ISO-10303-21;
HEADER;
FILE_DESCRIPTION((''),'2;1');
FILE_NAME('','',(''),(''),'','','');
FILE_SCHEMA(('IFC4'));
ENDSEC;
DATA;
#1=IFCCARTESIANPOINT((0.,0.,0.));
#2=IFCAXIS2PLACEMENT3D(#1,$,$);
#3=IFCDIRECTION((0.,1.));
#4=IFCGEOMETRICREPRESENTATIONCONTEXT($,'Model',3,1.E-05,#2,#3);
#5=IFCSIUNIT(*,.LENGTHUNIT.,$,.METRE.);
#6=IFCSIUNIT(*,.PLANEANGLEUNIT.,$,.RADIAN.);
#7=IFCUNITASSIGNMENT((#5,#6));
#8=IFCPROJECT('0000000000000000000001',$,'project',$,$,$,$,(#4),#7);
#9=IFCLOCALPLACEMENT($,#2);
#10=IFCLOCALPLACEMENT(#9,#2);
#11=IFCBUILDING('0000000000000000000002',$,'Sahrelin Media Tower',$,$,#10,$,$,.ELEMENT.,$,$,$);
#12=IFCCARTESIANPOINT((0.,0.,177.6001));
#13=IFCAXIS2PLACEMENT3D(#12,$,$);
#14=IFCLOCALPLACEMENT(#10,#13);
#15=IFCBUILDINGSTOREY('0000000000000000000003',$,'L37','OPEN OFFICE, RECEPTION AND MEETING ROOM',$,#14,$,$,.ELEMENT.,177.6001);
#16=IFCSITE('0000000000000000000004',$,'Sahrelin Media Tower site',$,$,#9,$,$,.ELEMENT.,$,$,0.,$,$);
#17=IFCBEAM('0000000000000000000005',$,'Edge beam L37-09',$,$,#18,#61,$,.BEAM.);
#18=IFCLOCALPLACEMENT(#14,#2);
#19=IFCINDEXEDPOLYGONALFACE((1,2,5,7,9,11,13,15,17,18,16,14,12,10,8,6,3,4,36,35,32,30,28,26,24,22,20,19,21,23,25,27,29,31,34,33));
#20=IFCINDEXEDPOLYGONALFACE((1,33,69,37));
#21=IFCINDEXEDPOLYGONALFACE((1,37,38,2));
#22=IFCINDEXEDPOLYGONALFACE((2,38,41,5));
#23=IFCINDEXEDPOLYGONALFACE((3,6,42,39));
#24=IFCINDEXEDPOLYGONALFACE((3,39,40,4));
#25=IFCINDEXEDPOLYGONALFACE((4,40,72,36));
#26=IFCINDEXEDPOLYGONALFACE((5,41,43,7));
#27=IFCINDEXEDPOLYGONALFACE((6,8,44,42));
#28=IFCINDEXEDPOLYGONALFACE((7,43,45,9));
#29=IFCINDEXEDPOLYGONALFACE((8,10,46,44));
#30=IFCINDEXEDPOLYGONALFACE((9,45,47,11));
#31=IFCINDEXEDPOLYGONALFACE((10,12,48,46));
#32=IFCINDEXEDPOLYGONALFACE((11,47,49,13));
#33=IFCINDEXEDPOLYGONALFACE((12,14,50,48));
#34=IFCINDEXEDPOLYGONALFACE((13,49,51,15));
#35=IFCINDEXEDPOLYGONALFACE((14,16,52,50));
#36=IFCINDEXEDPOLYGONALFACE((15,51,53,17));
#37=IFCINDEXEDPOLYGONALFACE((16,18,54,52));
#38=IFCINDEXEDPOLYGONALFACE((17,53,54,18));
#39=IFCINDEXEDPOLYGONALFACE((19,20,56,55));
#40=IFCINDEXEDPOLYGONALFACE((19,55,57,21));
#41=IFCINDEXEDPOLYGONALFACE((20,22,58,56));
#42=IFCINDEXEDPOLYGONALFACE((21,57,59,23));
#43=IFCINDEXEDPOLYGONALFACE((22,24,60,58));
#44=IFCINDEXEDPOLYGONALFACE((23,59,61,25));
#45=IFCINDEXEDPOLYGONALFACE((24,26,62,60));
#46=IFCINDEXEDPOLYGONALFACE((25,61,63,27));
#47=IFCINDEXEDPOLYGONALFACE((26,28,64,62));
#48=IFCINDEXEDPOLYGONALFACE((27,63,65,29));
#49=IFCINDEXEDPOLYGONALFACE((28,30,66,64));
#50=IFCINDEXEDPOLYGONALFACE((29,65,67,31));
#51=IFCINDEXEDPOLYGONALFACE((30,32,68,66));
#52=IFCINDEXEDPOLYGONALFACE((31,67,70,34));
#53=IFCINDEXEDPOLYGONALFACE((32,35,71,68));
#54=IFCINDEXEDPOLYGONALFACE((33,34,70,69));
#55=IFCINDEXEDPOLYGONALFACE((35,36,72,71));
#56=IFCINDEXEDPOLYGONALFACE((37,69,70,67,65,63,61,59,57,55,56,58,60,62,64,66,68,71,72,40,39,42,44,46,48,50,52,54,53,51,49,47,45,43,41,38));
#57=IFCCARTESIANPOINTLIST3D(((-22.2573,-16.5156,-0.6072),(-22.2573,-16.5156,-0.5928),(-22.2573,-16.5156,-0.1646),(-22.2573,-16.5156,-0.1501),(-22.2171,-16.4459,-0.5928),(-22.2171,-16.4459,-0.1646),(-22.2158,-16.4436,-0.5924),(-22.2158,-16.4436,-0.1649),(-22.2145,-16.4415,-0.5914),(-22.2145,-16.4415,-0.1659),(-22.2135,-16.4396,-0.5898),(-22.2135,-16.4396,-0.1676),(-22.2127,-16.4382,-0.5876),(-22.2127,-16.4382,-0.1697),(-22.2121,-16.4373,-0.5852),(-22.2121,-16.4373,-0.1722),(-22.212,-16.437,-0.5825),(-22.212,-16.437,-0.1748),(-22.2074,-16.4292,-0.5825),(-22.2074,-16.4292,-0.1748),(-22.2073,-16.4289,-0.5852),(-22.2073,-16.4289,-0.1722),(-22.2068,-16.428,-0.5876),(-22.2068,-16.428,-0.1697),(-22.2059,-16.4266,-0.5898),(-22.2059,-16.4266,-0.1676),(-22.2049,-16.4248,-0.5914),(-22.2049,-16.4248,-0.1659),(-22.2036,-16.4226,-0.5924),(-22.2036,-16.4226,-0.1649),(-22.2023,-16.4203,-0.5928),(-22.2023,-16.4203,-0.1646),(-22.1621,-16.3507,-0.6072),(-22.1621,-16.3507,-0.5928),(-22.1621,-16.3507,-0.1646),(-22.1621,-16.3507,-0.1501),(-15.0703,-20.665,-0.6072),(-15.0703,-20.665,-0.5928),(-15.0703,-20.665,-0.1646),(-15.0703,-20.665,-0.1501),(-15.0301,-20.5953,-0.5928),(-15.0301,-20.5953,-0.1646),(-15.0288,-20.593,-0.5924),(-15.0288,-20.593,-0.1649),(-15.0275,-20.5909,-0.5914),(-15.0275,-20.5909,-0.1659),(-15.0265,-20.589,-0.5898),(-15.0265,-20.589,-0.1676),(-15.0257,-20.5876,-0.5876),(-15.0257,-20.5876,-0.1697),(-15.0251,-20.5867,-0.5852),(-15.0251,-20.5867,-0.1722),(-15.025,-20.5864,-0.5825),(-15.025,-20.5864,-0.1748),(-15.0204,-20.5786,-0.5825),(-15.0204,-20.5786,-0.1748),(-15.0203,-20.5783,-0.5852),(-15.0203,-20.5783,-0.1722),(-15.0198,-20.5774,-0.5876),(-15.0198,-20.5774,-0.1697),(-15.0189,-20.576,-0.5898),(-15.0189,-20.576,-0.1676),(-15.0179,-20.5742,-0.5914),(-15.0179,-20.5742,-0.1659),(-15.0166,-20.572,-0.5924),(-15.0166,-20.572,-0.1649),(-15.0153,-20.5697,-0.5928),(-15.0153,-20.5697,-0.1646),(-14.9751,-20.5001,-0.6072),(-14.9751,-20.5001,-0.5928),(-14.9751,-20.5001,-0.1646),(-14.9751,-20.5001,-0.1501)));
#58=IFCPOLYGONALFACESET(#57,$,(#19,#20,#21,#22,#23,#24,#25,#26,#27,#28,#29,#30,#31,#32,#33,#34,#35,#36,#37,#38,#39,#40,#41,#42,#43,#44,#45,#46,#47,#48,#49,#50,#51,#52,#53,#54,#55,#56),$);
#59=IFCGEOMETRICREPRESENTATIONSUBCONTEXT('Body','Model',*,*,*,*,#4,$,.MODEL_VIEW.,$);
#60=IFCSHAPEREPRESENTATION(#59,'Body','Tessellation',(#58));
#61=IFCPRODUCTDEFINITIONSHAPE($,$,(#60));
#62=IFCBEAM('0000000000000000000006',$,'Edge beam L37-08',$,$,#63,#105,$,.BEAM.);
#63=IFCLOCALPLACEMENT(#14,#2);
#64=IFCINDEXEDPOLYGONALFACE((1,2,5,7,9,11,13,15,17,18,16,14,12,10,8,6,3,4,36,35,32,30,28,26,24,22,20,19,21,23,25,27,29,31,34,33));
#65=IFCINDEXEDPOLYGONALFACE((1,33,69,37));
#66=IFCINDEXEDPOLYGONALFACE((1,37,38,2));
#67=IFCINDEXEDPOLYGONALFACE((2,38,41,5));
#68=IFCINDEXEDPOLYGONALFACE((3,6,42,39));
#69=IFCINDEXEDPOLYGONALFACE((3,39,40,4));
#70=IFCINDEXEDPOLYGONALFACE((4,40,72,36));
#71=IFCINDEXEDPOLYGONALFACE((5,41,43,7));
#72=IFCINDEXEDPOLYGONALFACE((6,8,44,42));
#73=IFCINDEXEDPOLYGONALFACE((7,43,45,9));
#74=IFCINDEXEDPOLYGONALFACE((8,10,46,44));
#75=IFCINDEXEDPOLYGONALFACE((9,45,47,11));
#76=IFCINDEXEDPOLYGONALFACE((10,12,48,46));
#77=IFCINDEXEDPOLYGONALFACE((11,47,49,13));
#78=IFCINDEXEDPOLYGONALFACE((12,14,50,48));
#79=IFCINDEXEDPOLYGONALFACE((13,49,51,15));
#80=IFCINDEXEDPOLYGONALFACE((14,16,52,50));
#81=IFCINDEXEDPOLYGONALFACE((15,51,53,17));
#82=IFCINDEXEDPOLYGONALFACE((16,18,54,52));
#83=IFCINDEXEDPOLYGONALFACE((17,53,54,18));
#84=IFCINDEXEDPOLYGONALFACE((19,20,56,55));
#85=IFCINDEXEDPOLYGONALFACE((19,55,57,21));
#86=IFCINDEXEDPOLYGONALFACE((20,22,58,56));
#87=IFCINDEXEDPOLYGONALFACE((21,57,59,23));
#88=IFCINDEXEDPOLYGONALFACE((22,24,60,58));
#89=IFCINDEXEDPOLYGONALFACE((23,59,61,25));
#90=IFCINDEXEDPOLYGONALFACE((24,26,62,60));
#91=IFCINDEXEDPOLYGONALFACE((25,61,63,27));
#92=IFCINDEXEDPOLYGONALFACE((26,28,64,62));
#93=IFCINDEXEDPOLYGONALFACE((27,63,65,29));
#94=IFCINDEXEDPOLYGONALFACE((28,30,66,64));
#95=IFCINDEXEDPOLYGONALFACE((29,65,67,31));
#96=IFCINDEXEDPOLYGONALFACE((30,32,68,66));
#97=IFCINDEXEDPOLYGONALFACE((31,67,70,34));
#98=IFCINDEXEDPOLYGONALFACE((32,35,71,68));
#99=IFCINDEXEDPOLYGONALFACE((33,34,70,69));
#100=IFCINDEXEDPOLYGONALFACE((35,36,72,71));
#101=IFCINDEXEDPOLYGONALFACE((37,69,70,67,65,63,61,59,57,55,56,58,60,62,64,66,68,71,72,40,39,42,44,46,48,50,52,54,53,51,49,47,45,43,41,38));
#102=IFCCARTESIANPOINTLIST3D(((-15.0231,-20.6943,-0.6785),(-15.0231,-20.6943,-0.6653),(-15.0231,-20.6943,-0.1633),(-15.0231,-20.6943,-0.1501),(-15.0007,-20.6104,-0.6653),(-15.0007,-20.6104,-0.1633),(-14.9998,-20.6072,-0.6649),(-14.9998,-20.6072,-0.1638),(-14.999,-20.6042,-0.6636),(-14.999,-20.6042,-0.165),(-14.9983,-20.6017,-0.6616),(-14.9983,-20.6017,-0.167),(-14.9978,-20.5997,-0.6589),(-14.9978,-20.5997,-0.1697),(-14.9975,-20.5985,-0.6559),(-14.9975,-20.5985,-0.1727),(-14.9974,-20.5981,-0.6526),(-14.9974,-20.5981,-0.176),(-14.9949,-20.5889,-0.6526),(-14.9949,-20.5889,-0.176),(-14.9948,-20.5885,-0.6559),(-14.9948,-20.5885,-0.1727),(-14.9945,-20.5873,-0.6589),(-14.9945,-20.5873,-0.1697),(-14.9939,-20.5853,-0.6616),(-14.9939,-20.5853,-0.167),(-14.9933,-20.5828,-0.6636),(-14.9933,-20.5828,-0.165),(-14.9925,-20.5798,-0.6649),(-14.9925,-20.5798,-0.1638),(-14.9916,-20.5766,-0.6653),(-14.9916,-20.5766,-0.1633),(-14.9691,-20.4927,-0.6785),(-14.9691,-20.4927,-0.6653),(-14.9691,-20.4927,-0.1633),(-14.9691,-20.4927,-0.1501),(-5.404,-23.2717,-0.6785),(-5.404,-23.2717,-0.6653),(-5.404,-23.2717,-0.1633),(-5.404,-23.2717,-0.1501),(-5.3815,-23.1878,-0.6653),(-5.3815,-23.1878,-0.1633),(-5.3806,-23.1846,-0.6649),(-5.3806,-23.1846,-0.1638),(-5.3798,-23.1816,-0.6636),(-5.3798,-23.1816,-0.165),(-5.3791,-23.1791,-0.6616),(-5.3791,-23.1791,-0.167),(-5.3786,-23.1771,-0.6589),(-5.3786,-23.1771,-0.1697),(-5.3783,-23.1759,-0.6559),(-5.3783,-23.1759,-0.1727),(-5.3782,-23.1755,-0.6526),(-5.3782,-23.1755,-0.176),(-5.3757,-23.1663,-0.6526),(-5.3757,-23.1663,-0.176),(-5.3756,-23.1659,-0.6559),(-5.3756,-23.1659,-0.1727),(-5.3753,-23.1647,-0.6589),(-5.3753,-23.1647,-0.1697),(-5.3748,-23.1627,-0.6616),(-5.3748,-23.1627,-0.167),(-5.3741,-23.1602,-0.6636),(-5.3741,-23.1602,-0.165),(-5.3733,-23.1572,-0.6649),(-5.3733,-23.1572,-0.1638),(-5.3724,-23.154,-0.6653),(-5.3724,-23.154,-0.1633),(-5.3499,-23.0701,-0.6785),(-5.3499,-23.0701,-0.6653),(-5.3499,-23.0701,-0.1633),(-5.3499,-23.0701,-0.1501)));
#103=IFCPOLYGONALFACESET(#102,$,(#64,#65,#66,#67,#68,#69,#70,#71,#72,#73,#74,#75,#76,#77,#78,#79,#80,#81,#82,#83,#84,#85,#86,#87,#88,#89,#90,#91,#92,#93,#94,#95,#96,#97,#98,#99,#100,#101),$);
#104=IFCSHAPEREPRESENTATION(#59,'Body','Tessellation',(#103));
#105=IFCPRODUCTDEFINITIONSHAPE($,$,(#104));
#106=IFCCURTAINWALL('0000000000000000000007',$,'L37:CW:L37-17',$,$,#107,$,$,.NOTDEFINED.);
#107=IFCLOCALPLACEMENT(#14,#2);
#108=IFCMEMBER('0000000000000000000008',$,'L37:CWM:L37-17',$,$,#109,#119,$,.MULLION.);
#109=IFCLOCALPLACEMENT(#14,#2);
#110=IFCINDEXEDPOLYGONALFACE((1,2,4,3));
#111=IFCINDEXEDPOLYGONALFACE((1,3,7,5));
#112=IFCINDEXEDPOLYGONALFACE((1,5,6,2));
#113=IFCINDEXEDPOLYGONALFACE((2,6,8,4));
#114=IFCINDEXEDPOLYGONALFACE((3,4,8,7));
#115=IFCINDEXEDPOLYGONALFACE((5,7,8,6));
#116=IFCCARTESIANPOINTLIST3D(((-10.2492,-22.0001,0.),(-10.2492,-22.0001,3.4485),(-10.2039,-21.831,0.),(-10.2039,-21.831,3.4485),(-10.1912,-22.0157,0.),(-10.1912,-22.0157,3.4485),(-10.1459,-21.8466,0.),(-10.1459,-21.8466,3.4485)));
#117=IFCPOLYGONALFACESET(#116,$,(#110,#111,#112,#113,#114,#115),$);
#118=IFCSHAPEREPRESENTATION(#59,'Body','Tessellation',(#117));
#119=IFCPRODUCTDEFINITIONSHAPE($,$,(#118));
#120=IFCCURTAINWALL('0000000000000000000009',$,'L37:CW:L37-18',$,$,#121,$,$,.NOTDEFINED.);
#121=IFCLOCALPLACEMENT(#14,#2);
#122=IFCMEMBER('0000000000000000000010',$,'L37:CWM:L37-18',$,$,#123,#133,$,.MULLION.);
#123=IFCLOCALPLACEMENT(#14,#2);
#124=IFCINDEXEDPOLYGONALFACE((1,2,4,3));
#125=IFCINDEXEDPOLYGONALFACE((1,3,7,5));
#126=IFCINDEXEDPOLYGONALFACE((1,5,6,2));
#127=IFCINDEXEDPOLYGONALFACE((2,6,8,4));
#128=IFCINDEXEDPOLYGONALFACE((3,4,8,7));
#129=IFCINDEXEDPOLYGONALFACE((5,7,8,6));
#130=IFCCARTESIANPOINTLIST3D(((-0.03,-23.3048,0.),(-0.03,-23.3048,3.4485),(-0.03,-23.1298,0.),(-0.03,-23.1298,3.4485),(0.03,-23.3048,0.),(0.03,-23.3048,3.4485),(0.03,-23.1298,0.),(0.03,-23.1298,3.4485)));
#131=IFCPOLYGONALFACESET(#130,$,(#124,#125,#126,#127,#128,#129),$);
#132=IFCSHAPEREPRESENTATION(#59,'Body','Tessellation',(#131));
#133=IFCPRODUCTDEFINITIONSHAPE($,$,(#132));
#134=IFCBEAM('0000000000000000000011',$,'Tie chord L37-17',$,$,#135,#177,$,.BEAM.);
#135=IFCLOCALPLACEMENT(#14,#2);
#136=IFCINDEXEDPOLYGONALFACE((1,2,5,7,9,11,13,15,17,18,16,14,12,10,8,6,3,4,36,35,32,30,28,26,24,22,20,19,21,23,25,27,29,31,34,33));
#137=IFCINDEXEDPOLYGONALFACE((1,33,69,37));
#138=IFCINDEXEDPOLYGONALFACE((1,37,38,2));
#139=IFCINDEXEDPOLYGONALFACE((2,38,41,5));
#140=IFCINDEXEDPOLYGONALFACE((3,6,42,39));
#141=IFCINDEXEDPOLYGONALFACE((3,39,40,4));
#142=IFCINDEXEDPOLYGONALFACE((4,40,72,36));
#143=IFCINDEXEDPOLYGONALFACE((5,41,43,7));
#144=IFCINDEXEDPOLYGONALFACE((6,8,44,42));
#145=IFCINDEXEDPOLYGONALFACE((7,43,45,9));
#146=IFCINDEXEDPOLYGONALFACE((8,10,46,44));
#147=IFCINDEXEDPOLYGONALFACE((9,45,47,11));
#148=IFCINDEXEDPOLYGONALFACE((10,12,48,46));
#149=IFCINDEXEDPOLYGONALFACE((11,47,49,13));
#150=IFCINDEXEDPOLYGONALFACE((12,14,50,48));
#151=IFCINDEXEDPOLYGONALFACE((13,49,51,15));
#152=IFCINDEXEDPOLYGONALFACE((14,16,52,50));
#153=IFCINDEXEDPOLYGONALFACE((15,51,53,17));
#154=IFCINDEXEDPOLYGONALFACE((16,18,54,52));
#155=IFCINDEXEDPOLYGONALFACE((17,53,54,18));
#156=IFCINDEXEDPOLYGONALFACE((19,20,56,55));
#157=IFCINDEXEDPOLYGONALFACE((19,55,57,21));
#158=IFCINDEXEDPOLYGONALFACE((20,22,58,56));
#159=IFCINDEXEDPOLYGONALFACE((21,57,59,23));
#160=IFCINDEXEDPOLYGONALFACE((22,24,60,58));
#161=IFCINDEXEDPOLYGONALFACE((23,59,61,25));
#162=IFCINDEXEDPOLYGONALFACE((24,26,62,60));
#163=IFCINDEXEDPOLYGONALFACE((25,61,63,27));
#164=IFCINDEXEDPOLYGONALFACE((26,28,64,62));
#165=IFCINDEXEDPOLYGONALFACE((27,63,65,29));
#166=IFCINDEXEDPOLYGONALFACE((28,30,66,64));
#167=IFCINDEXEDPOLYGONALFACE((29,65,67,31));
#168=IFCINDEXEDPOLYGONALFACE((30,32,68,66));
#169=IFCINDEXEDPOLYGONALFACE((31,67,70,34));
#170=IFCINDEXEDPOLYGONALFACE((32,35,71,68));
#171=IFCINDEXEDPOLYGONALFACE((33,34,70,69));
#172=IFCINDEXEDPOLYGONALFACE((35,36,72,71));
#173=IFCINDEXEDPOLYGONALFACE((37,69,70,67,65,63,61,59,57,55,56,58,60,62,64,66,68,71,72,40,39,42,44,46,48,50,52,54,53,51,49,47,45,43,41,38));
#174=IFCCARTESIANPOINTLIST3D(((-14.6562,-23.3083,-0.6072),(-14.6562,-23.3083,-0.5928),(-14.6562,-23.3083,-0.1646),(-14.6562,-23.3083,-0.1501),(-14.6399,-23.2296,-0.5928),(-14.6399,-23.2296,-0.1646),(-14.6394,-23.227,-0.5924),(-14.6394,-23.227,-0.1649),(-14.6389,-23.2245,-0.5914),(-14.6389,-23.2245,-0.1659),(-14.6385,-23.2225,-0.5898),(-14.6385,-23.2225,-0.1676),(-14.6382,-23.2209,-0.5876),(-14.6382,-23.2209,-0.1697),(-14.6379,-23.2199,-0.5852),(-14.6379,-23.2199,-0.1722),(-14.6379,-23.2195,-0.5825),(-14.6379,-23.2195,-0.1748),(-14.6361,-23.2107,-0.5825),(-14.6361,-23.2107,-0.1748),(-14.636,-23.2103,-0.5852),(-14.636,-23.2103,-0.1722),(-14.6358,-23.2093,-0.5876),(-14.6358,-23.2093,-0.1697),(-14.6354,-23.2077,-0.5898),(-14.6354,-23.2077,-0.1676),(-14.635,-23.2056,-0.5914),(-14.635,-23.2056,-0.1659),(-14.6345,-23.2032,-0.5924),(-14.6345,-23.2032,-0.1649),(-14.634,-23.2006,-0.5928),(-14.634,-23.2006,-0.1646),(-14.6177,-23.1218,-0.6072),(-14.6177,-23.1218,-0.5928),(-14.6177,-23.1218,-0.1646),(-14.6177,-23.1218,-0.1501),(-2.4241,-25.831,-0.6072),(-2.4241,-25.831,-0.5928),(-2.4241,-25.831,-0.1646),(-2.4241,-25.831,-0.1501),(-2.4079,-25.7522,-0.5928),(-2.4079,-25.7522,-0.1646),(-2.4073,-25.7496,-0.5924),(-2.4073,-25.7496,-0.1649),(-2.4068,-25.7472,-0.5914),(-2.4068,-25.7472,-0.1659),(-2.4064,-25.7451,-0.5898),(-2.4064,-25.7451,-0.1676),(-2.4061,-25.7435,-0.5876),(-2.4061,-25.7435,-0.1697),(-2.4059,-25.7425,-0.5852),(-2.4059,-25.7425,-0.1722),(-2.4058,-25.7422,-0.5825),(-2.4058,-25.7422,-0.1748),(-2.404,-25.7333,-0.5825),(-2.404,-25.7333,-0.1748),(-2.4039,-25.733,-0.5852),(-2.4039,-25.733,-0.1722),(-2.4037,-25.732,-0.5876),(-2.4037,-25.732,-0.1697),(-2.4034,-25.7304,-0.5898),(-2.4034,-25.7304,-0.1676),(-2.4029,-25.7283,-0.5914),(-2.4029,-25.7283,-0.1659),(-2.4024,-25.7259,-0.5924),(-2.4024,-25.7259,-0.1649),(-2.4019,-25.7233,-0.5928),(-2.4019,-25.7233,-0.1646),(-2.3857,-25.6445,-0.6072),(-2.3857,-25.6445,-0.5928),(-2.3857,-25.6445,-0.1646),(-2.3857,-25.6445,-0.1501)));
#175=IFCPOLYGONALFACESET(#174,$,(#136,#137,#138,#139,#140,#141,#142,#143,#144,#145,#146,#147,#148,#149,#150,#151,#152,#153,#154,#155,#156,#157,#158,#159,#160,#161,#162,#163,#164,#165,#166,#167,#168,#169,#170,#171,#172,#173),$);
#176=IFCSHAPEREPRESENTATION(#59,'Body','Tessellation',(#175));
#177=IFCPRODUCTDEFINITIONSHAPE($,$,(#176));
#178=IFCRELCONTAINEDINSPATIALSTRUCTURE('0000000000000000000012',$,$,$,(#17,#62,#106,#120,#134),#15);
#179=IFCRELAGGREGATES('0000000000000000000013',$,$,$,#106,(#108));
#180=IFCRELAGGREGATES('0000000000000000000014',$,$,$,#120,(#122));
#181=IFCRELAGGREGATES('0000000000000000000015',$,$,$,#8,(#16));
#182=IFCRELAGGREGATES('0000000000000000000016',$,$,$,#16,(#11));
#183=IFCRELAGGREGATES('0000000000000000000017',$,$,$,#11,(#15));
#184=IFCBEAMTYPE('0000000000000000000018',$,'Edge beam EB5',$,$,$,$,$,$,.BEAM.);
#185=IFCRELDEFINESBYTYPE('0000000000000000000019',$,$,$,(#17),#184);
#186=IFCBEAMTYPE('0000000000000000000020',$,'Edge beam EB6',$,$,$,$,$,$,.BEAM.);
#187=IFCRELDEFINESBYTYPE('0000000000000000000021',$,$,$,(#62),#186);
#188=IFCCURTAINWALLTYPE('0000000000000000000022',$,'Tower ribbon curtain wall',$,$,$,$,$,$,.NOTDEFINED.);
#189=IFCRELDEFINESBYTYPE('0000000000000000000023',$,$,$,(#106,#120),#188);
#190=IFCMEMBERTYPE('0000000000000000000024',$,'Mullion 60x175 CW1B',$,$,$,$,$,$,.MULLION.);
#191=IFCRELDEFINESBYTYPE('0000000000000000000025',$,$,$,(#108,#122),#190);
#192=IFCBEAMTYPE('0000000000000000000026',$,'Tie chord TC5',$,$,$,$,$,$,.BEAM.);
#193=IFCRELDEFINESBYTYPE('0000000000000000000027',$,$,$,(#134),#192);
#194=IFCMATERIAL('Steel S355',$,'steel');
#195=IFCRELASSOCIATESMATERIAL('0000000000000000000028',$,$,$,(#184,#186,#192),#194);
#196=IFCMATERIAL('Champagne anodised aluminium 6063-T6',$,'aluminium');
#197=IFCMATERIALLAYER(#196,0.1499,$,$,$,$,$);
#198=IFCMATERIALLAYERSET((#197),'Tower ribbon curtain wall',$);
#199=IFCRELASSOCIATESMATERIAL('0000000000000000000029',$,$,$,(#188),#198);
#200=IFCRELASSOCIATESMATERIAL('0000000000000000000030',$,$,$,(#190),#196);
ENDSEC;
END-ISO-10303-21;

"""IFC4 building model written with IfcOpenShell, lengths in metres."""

from ifc_helpers import new_model, si_unit, direction, frame, origin, origin_2d, place, context, subcontext, project, spatial, rectangle, i_section, extrude, material, layer, layer_set, material_profile, profile_set, type_object, element, aggregate, save


model = new_model("IFC4")

# Units and contexts
model_context = context("Model", 3, precision=1e-05, world=origin(), true_north=direction((0.0, 1.0)))
body_context = subcontext(model_context, "Body", "Model", "MODEL_VIEW")
ifc_project = project(units=[si_unit("LENGTHUNIT", "METRE"), si_unit("PLANEANGLEUNIT", "RADIAN")], contexts=[model_context])

# Site, building, storey
site_placement = place(None, origin())
site = spatial("IfcSite", under=ifc_project, at=site_placement, Name="Sahrelin Media Tower site", CompositionType="ELEMENT", RefElevation=0.0)
building_placement = place(site_placement, origin())
building = spatial("IfcBuilding", under=site, at=building_placement, Name="Sahrelin Media Tower", CompositionType="ELEMENT")
storey_placement = place(building_placement, frame((0.0, 0.0, 177.6001)))
storey = spatial("IfcBuildingStorey", under=building, at=storey_placement, Name="L37", Description="OPEN OFFICE, RECEPTION AND MEETING ROOM", CompositionType="ELEMENT", Elevation=177.6001)

# Beams
ifc_material_1 = material(Name="Steel S355", Category="steel")
ifc_material_profile_1 = material_profile(ifc_material_1, i_section(OverallWidth=0.1904, OverallDepth=0.457, WebThickness=0.009, FlangeThickness=0.0144, FilletRadius=0.0103, at=origin_2d()), Name="UB 457x191x74")
ifc_profile_set_1 = profile_set([ifc_material_profile_1], Name="Steel S355")
beam_type_1 = type_object("IfcBeamType", Name="Edge beam EB5", PredefinedType="BEAM", material=ifc_profile_set_1)
beam_1_placement = place(storey_placement, frame((-15.0227, -20.5825, -0.3787), z_axis=(-0.866026, 0.499999, 0.0), x_axis=(-0.499999, -0.866026, 0.0)))
element("IfcBeam", 1, at=beam_1_placement, inside=storey, type_object=beam_type_1, Name="Edge beam L37-09", PredefinedType="BEAM", context=body_context, shape_type="SweptSolid", body=[
    extrude(i_section(OverallWidth=0.1904, OverallDepth=0.457, WebThickness=0.009, FlangeThickness=0.0144, FilletRadius=0.0103, at=origin_2d()), origin(), (0.0, 0.0, 1.0), 8.2988),
])
ifc_material_profile_2 = material_profile(ifc_material_1, i_section(OverallWidth=0.2087, OverallDepth=0.5283, WebThickness=0.0095, FlangeThickness=0.0132, FilletRadius=0.0127, at=origin_2d()), Name="UB 533x210x82")
ifc_profile_set_2 = profile_set([ifc_material_profile_2], Name="Steel S355")
beam_type_2 = type_object("IfcBeamType", Name="Edge beam EB6", PredefinedType="BEAM", material=ifc_profile_set_2)
beam_2_placement = place(storey_placement, frame((-5.377, -23.1709, -0.4143), z_axis=(-0.965927, 0.258815, 0.0), x_axis=(-0.258815, -0.965927, 0.0)))
element("IfcBeam", 2, at=beam_2_placement, inside=storey, type_object=beam_type_2, Name="Edge beam L37-08", PredefinedType="BEAM", context=body_context, shape_type="SweptSolid", body=[
    extrude(i_section(OverallWidth=0.2087, OverallDepth=0.5283, WebThickness=0.0095, FlangeThickness=0.0132, FilletRadius=0.0127, at=origin_2d()), origin(), (0.0, 0.0, 1.0), 9.9585),
])

# Curtain walls, members
ifc_material_2 = material(Name="Champagne anodised aluminium 6063-T6", Category="aluminium")
ifc_layer_1 = layer(ifc_material_2, 0.1499)
ifc_layer_set_1 = layer_set([ifc_layer_1], Name="Tower ribbon curtain wall")
curtain_wall_type = type_object("IfcCurtainWallType", Name="Tower ribbon curtain wall", PredefinedType="NOTDEFINED", material=ifc_layer_set_1)
curtain_wall_1_placement = place(storey_placement, frame((-10.2251, -22.0271, 0.0), z_axis=(0.0, 0.0, 1.0), x_axis=(1.0, 0.0, 0.0)))
curtain_wall_1 = element("IfcCurtainWall", 3, at=curtain_wall_1_placement, inside=storey, type_object=curtain_wall_type, Name="L37:CW:L37-17", PredefinedType="NOTDEFINED")
ifc_material_profile_3 = material_profile(ifc_material_2, rectangle(XDim=0.0601, YDim=0.175, at=origin_2d()), Name="Mullion 60x175")
ifc_profile_set_3 = profile_set([ifc_material_profile_3], Name="Champagne anodised aluminium 6063-T6")
member_type_1 = type_object("IfcMemberType", Name="Mullion 60x175 CW1B", PredefinedType="MULLION", material=ifc_profile_set_3)
member_1_placement = place(storey_placement, frame((-10.1975, -21.9233, 0.0), z_axis=(0.0, 0.0, 1.0), x_axis=(0.965928, -0.258812, 0.0)))
member_1 = element("IfcMember", 4, at=member_1_placement, type_object=member_type_1, Name="L37:CWM:L37-17", PredefinedType="MULLION", context=body_context, shape_type="SweptSolid", body=[
    extrude(rectangle(XDim=0.0601, YDim=0.175, at=origin_2d()), origin(), (0.0, 0.0, 1.0), 3.4485),
])
curtain_wall_2_placement = place(storey_placement, frame((0.0, -23.3247, 0.0), z_axis=(0.0, 0.0, 1.0), x_axis=(1.0, 0.0, 0.0)))
curtain_wall_2 = element("IfcCurtainWall", 5, at=curtain_wall_2_placement, inside=storey, type_object=curtain_wall_type, Name="L37:CW:L37-18", PredefinedType="NOTDEFINED")
member_2_placement = place(storey_placement, frame((0.0, -23.2173, 0.0), z_axis=(0.0, 0.0, 1.0), x_axis=(1.0, 0.0, 0.0)))
member_2 = element("IfcMember", 6, at=member_2_placement, type_object=member_type_1, Name="L37:CWM:L37-18", PredefinedType="MULLION", context=body_context, shape_type="SweptSolid", body=[
    extrude(rectangle(XDim=0.0601, YDim=0.175, at=origin_2d()), origin(), (0.0, 0.0, 1.0), 3.4485),
])

# Beam
ifc_material_profile_4 = material_profile(ifc_material_1, i_section(OverallWidth=0.1904, OverallDepth=0.457, WebThickness=0.009, FlangeThickness=0.0144, FilletRadius=0.0103, at=origin_2d()), Name="UB 457x191x74")
ifc_profile_set_4 = profile_set([ifc_material_profile_4], Name="Steel S355")
beam_type_3 = type_object("IfcBeamType", Name="Tie chord TC5", PredefinedType="BEAM", material=ifc_profile_set_4)
beam_3_placement = place(storey_placement, frame((-14.637, -23.2151, -0.3787), z_axis=(0.979389, -0.201984, 0.0), x_axis=(0.201984, 0.979389, 0.0)))
element("IfcBeam", 7, at=beam_3_placement, inside=storey, type_object=beam_type_3, Name="Tie chord L37-17", PredefinedType="BEAM", context=body_context, shape_type="SweptSolid", body=[
    extrude(i_section(OverallWidth=0.1904, OverallDepth=0.457, WebThickness=0.009, FlangeThickness=0.0144, FilletRadius=0.0103, at=origin_2d()), origin(), (0.0, 0.0, 1.0), 12.4895),
])

aggregate(curtain_wall_1, [member_1])
aggregate(curtain_wall_2, [member_2])

save(model, "model.ifc")
